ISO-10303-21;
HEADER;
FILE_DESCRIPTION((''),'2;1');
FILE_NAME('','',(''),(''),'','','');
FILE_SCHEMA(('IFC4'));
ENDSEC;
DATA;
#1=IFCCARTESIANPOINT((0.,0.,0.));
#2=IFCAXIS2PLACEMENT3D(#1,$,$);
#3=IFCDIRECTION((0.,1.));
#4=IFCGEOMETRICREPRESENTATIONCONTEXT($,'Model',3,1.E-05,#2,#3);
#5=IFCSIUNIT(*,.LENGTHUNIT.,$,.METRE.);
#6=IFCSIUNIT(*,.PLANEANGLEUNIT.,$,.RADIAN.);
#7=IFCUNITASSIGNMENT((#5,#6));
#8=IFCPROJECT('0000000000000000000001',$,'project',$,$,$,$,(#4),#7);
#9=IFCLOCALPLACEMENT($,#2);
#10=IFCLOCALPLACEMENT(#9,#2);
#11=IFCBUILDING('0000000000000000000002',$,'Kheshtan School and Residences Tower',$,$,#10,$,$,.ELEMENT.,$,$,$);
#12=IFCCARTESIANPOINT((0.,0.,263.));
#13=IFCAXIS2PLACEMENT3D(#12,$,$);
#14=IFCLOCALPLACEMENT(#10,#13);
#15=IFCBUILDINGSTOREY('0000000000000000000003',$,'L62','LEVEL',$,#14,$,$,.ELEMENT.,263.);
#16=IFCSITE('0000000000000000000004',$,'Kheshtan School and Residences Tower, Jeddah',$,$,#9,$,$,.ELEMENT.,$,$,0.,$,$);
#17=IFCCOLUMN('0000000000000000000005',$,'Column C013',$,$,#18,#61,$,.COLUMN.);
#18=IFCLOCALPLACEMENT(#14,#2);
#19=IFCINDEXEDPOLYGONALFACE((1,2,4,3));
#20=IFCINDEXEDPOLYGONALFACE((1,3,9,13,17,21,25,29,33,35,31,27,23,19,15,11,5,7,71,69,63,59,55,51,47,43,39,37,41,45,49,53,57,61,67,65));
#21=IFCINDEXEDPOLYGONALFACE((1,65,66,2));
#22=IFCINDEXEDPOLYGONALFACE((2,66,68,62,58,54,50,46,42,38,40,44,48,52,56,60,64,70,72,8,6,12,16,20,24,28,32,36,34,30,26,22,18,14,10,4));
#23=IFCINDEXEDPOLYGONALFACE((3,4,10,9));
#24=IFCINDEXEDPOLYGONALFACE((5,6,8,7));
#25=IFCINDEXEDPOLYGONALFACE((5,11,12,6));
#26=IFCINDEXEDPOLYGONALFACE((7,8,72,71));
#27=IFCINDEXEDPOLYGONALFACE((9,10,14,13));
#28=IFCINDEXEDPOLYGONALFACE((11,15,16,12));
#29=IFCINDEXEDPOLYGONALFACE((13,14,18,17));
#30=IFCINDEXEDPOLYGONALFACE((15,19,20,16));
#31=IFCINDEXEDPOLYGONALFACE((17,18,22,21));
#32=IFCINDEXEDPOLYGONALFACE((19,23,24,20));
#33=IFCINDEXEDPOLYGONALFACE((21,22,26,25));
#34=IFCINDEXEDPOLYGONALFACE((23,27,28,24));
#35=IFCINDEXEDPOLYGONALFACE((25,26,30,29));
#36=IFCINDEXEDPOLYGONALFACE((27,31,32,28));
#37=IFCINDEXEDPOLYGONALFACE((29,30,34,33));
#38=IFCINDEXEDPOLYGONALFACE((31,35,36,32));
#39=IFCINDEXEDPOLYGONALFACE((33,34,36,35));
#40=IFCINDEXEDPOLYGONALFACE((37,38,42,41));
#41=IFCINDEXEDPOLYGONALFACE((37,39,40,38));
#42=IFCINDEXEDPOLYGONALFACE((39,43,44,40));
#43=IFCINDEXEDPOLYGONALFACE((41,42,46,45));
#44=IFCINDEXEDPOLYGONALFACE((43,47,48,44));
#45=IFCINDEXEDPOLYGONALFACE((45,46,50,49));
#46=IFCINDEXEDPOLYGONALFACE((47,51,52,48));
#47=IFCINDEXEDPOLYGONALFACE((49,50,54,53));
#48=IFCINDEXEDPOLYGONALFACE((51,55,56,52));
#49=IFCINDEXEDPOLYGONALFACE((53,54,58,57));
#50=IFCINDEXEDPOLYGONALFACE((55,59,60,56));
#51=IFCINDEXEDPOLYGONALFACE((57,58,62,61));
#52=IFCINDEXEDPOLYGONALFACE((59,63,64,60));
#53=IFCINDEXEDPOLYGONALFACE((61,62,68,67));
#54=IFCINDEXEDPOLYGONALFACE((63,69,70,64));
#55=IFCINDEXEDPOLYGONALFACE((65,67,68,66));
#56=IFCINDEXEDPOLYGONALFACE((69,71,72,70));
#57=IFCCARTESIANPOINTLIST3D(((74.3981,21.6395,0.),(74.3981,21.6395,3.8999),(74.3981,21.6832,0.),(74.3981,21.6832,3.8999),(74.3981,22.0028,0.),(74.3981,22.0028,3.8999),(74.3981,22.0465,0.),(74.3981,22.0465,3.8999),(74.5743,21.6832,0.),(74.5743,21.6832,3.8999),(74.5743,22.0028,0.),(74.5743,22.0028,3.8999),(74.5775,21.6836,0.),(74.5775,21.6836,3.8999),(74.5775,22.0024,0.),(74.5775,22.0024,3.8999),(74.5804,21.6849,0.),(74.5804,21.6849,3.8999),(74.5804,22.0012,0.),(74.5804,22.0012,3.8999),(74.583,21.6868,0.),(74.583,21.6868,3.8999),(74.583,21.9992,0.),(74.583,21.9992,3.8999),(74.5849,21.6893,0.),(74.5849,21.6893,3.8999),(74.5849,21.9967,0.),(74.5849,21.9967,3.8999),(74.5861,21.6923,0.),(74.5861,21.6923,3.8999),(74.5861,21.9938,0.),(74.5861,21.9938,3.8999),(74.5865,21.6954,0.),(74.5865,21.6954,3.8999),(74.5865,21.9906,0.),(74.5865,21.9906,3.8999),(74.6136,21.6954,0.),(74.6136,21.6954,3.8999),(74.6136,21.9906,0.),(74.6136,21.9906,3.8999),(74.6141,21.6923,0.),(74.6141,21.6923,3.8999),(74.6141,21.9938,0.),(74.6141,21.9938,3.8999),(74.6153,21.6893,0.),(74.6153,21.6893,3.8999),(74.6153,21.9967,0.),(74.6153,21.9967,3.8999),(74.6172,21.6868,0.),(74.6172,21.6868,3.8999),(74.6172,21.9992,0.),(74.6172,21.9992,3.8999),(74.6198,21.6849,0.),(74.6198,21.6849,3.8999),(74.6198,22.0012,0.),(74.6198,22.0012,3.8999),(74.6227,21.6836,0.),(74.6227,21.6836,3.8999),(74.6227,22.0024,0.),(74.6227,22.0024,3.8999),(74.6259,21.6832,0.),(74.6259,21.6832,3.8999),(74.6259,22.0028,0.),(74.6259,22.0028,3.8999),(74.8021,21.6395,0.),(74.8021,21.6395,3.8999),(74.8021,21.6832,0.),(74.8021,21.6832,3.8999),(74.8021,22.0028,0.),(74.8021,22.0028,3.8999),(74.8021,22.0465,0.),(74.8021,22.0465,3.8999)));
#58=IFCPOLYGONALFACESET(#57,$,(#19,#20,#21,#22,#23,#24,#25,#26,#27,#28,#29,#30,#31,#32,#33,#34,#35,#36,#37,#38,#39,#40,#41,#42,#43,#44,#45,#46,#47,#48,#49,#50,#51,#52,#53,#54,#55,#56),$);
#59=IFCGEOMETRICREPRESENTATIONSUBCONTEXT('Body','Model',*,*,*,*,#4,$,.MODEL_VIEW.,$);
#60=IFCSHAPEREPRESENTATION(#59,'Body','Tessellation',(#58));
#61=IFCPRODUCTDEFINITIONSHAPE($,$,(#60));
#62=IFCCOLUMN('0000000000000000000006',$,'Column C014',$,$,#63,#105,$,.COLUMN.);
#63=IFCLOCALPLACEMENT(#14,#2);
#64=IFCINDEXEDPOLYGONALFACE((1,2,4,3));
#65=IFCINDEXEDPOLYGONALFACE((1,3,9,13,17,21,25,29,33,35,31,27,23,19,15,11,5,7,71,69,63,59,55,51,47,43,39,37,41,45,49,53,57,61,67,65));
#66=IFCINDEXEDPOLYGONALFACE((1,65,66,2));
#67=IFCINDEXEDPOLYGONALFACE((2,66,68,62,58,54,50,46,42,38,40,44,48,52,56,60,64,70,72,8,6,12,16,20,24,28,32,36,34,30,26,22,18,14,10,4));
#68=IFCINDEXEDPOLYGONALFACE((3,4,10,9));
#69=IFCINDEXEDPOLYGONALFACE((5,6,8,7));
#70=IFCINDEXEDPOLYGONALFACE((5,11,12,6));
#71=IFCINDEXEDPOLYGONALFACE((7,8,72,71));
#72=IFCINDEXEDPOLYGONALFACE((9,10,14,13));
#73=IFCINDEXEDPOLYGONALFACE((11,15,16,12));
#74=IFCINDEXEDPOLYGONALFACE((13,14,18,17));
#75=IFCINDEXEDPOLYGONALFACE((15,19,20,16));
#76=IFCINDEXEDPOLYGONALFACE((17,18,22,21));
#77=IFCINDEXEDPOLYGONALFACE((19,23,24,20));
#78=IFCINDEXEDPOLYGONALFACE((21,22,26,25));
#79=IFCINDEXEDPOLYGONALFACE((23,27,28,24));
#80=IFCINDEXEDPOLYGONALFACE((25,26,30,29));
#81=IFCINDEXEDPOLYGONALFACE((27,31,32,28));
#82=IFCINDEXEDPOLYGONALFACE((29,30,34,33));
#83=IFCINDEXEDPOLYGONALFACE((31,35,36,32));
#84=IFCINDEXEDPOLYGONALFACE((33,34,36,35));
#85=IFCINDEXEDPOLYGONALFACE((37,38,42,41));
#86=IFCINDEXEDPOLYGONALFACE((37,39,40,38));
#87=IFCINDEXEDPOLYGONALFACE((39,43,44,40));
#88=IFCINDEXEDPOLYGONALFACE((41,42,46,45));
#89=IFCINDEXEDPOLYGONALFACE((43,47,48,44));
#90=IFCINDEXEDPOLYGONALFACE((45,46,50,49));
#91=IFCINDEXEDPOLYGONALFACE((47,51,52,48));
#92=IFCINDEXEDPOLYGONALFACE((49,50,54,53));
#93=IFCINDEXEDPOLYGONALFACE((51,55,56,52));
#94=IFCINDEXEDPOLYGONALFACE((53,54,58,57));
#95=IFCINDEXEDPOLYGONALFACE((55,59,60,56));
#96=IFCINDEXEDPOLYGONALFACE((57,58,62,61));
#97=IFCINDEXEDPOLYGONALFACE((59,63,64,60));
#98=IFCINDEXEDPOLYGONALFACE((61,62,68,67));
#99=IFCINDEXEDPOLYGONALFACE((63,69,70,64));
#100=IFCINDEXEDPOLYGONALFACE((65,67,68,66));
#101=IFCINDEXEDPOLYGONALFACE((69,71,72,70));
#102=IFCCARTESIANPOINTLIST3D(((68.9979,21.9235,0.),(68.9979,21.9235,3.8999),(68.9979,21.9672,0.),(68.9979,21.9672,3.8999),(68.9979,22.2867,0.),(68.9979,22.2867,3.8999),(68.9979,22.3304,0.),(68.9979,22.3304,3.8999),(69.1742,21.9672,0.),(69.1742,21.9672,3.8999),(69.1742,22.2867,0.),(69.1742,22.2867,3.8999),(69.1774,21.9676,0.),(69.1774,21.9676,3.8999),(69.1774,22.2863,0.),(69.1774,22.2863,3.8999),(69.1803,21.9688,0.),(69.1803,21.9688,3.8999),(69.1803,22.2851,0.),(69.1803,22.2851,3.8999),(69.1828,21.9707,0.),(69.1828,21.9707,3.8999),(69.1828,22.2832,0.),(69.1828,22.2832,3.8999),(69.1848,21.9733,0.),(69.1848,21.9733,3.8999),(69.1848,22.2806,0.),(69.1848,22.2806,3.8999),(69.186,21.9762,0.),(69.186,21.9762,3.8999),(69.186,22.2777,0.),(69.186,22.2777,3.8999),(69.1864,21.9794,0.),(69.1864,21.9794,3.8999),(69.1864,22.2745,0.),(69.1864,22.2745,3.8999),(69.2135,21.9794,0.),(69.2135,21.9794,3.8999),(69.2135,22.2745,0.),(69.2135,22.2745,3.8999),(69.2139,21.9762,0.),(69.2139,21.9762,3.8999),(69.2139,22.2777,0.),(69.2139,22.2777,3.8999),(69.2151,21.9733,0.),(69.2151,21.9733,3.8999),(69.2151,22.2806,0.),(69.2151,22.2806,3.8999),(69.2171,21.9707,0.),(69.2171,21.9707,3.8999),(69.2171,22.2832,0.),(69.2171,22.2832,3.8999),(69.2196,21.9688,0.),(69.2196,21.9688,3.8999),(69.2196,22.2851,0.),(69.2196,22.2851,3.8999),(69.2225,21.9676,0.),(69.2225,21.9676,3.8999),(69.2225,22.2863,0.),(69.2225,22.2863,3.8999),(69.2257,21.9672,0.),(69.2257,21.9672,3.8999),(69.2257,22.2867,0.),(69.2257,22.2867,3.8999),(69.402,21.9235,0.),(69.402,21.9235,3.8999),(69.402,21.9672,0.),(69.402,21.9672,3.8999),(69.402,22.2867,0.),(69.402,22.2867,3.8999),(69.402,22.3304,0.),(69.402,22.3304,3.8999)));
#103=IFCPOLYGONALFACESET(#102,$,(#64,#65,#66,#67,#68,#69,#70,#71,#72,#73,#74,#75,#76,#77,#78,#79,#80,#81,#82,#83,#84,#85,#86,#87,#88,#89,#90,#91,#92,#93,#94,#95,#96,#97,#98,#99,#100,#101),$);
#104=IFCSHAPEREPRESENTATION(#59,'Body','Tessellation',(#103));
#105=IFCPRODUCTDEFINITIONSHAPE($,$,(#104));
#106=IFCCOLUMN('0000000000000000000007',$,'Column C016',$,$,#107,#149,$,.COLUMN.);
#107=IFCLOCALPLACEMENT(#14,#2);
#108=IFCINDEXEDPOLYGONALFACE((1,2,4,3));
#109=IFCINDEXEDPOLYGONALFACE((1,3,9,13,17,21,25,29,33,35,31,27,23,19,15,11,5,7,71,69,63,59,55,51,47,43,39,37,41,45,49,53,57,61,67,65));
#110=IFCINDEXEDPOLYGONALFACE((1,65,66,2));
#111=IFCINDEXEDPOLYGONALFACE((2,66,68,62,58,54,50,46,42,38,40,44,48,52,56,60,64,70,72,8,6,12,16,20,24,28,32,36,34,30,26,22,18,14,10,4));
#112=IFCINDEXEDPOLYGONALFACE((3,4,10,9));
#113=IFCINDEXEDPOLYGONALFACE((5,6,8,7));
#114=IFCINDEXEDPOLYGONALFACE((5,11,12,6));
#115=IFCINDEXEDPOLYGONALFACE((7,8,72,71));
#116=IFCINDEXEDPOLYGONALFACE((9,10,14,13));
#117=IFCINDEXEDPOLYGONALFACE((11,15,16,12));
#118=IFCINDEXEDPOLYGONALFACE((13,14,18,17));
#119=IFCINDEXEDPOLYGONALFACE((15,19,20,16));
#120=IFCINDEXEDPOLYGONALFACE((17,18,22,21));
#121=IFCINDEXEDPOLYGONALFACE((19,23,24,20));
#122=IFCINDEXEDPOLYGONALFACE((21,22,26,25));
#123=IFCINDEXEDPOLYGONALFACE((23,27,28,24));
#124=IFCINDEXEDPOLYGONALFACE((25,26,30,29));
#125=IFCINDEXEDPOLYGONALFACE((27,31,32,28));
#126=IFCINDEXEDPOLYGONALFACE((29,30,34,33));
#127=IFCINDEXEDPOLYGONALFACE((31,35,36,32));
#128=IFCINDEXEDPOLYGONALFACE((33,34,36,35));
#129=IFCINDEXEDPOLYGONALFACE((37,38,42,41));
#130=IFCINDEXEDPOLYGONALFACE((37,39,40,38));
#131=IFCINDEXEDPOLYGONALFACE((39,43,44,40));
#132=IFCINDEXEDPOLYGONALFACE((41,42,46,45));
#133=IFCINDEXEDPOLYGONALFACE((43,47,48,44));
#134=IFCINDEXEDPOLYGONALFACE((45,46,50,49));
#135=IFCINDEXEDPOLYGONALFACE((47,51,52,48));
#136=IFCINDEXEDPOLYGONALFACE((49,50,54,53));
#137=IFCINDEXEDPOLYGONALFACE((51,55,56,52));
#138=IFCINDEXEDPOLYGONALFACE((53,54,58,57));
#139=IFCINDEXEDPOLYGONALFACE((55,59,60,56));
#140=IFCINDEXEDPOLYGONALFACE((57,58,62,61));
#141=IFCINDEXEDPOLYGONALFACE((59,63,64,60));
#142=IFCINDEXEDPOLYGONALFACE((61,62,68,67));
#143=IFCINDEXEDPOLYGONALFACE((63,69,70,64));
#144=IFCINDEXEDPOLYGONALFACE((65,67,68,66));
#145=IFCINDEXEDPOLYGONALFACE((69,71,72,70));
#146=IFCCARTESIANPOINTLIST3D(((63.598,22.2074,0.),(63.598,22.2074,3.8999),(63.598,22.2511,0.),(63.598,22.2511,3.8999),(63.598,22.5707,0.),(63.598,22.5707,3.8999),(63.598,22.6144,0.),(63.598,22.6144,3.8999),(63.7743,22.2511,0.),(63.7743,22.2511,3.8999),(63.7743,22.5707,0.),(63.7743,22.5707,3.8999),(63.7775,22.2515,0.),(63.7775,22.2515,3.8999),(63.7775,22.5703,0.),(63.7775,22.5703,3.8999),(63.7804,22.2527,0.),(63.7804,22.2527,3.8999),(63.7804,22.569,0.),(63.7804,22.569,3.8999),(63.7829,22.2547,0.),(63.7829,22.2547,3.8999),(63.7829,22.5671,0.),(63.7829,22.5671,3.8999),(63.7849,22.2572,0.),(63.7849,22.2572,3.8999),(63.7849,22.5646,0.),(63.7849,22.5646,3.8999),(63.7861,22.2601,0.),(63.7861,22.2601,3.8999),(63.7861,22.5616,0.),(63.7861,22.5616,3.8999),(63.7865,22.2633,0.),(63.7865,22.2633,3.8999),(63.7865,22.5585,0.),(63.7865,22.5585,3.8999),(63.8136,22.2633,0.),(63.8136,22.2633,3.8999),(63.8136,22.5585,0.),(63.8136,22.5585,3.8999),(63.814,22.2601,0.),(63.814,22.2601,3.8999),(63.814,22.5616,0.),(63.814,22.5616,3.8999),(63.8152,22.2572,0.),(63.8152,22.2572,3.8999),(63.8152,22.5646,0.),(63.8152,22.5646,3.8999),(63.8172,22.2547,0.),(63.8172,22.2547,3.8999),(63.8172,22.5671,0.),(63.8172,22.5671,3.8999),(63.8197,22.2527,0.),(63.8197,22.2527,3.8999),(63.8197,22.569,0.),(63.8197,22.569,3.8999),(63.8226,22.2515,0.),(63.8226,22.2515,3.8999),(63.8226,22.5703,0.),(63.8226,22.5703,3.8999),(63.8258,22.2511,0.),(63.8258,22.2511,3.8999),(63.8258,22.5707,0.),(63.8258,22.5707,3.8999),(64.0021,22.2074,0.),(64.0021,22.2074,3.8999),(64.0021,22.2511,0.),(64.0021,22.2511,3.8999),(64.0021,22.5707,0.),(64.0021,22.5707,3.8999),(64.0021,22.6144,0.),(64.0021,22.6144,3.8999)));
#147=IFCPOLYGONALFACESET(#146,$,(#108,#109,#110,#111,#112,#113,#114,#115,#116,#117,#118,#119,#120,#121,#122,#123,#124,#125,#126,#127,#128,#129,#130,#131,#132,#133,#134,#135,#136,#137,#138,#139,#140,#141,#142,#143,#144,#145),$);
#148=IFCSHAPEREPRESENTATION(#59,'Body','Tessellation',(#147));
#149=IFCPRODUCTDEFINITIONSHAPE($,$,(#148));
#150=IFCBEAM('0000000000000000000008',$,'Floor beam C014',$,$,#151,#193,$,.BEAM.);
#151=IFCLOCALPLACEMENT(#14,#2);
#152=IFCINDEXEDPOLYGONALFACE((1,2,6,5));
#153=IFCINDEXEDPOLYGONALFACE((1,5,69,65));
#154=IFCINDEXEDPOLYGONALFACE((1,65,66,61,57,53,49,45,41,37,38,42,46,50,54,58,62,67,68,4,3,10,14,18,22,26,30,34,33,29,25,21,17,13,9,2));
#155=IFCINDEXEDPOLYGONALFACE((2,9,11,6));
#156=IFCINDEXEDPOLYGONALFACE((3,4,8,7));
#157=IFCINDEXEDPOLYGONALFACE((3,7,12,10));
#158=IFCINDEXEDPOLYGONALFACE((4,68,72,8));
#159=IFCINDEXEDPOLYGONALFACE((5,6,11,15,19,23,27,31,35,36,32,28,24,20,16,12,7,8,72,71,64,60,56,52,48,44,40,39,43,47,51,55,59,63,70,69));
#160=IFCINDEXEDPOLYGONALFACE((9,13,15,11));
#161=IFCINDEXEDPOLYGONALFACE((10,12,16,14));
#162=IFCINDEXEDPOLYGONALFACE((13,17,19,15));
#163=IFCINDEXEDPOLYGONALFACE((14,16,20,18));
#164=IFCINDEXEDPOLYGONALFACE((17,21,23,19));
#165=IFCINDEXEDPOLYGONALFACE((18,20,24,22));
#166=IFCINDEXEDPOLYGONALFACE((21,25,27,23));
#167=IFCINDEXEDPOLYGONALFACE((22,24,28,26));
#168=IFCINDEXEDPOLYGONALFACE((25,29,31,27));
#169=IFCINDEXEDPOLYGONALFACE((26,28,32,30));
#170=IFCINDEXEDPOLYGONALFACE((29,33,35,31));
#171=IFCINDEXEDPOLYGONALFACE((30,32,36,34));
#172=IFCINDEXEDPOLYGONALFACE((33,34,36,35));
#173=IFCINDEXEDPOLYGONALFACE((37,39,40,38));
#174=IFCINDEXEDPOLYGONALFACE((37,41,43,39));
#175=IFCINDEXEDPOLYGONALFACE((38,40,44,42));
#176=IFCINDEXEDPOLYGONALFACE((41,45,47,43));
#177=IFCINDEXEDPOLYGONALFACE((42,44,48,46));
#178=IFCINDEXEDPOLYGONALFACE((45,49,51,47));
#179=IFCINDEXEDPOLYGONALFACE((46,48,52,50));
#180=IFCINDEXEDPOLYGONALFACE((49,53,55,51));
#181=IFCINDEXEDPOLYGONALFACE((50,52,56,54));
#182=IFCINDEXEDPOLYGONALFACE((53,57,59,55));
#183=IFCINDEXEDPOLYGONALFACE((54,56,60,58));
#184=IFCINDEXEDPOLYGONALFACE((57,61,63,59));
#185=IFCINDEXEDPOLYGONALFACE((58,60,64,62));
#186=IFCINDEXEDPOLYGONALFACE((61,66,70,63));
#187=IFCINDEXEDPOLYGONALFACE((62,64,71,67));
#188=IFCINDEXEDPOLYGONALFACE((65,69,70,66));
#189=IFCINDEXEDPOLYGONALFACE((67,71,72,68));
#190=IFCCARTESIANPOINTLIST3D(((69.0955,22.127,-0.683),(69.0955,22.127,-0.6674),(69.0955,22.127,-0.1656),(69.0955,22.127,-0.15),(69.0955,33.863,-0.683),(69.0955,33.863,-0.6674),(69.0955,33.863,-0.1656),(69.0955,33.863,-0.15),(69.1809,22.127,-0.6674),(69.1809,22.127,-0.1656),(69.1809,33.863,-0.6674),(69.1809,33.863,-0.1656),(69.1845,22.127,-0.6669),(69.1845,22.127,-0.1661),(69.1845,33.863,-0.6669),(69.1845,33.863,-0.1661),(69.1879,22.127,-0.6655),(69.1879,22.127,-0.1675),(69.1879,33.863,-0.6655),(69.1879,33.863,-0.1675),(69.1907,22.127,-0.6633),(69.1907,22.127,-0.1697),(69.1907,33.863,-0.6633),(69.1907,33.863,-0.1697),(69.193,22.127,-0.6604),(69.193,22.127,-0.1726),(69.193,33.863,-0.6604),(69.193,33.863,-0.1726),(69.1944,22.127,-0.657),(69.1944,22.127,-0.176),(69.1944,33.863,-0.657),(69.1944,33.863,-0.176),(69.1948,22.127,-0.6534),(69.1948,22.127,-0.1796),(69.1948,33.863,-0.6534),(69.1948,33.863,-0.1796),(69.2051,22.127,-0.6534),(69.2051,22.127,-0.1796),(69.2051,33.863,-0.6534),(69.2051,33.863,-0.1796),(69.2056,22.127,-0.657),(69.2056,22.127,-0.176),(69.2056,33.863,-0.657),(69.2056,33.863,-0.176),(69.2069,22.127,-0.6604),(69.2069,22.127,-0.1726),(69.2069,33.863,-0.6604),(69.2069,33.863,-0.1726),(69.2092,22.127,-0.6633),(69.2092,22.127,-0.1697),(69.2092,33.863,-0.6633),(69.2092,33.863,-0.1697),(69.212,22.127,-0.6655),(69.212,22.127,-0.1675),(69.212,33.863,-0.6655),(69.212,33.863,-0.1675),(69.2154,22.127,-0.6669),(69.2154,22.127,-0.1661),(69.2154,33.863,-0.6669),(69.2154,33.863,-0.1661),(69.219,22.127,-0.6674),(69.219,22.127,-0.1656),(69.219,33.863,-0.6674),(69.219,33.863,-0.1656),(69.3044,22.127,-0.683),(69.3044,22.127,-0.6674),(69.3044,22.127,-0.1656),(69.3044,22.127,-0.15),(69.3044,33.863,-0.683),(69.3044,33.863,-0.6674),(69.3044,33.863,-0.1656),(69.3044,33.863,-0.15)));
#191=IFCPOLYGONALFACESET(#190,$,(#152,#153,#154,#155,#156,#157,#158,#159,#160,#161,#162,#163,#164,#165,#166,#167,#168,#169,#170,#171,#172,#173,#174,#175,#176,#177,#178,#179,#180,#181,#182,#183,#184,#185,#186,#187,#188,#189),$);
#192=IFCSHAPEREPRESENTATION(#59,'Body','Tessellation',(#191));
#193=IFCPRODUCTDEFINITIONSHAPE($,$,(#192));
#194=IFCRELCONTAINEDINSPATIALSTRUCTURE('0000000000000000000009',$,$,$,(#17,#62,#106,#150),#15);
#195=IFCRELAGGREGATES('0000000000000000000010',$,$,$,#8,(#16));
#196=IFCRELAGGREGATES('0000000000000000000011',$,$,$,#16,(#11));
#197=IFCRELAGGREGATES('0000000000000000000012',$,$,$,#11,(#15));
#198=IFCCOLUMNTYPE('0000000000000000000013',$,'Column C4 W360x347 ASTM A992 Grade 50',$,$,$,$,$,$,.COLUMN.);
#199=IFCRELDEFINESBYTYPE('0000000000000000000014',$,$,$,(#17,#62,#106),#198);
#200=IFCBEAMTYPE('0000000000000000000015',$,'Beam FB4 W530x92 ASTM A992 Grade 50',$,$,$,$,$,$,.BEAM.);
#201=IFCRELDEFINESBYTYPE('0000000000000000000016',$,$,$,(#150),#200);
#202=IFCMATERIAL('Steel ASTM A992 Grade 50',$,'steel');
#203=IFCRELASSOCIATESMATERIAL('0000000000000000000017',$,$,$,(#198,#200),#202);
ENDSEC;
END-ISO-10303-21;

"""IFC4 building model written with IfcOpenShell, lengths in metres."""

from ifc_helpers import new_model, si_unit, direction, frame, origin, origin_2d, place, context, subcontext, project, spatial, i_section, extrude, material, material_profile, profile_set, type_object, element, save


model = new_model("IFC4")

# Units and contexts
model_context = context("Model", 3, precision=1e-05, world=origin(), true_north=direction((0.0, 1.0)))
body_context = subcontext(model_context, "Body", "Model", "MODEL_VIEW")
ifc_project = project(units=[si_unit("LENGTHUNIT", "METRE"), si_unit("PLANEANGLEUNIT", "RADIAN")], contexts=[model_context])

# Site, building, storey
site_placement = place(None, origin())
site = spatial("IfcSite", under=ifc_project, at=site_placement, Name="Kheshtan School and Residences Tower, Jeddah", CompositionType="ELEMENT", RefElevation=0.0)
building_placement = place(site_placement, origin())
building = spatial("IfcBuilding", under=site, at=building_placement, Name="Kheshtan School and Residences Tower", CompositionType="ELEMENT")
storey_placement = place(building_placement, frame((0.0, 0.0, 263.0)))
storey = spatial("IfcBuildingStorey", under=building, at=storey_placement, Name="L62", Description="LEVEL", CompositionType="ELEMENT", Elevation=263.0)

# Columns
ifc_material_1 = material(Name="Steel ASTM A992 Grade 50", Category="steel")
ifc_material_profile_1 = material_profile(ifc_material_1, i_section(OverallWidth=0.4041, OverallDepth=0.407, WebThickness=0.0271, FlangeThickness=0.0437, FilletRadius=0.0122, at=origin_2d()), Name="W360x347")
ifc_profile_set_1 = profile_set([ifc_material_profile_1], Name="Steel ASTM A992 Grade 50")
column_type = type_object("IfcColumnType", Name="Column C4 W360x347 ASTM A992 Grade 50", PredefinedType="COLUMN", material=ifc_profile_set_1)
for number, where, z_axis, x_axis, name in (
    (1, (74.6001, 21.843, 0.0), (0.0, 0.0, 1.0), (1.0, 0.0, 0.0), "Column C013"),
    (2, (69.2, 22.127, 0.0), (0.0, 0.0, 1.0), (1.0, 0.0, 0.0), "Column C014"),
    (3, (63.8, 22.4109, 0.0), (0.0, 0.0, 1.0), (1.0, 0.0, 0.0), "Column C016"),
):
    element("IfcColumn", number, at=place(storey_placement, frame(where, z_axis=z_axis, x_axis=x_axis)), inside=storey, type_object=column_type, Name=name, PredefinedType="COLUMN", context=body_context, shape_type="SweptSolid", body=[
        extrude(i_section(OverallWidth=0.4041, OverallDepth=0.407, WebThickness=0.0271, FlangeThickness=0.0437, FilletRadius=0.0122, at=origin_2d()), origin(), (0.0, 0.0, 1.0), 3.8999),
    ])

# Beam
ifc_material_profile_2 = material_profile(ifc_material_1, i_section(OverallWidth=0.209, OverallDepth=0.533, WebThickness=0.0103, FlangeThickness=0.0156, FilletRadius=0.0139, at=origin_2d()), Name="W530x92")
ifc_profile_set_2 = profile_set([ifc_material_profile_2], Name="Steel ASTM A992 Grade 50")
beam_type_1 = type_object("IfcBeamType", Name="Beam FB4 W530x92 ASTM A992 Grade 50", PredefinedType="BEAM", material=ifc_profile_set_2)
beam_1_placement = place(storey_placement, frame((69.2, 22.127, -0.4165), z_axis=(0.0, 1.0, 0.0), x_axis=(-1.0, 0.0, 0.0)))
element("IfcBeam", 4, at=beam_1_placement, inside=storey, type_object=beam_type_1, Name="Floor beam C014", PredefinedType="BEAM", context=body_context, shape_type="SweptSolid", body=[
    extrude(i_section(OverallWidth=0.209, OverallDepth=0.533, WebThickness=0.0103, FlangeThickness=0.0156, FilletRadius=0.0139, at=origin_2d()), origin(), (0.0, 0.0, 1.0), 11.7361),
])

save(model, "model.ifc")
